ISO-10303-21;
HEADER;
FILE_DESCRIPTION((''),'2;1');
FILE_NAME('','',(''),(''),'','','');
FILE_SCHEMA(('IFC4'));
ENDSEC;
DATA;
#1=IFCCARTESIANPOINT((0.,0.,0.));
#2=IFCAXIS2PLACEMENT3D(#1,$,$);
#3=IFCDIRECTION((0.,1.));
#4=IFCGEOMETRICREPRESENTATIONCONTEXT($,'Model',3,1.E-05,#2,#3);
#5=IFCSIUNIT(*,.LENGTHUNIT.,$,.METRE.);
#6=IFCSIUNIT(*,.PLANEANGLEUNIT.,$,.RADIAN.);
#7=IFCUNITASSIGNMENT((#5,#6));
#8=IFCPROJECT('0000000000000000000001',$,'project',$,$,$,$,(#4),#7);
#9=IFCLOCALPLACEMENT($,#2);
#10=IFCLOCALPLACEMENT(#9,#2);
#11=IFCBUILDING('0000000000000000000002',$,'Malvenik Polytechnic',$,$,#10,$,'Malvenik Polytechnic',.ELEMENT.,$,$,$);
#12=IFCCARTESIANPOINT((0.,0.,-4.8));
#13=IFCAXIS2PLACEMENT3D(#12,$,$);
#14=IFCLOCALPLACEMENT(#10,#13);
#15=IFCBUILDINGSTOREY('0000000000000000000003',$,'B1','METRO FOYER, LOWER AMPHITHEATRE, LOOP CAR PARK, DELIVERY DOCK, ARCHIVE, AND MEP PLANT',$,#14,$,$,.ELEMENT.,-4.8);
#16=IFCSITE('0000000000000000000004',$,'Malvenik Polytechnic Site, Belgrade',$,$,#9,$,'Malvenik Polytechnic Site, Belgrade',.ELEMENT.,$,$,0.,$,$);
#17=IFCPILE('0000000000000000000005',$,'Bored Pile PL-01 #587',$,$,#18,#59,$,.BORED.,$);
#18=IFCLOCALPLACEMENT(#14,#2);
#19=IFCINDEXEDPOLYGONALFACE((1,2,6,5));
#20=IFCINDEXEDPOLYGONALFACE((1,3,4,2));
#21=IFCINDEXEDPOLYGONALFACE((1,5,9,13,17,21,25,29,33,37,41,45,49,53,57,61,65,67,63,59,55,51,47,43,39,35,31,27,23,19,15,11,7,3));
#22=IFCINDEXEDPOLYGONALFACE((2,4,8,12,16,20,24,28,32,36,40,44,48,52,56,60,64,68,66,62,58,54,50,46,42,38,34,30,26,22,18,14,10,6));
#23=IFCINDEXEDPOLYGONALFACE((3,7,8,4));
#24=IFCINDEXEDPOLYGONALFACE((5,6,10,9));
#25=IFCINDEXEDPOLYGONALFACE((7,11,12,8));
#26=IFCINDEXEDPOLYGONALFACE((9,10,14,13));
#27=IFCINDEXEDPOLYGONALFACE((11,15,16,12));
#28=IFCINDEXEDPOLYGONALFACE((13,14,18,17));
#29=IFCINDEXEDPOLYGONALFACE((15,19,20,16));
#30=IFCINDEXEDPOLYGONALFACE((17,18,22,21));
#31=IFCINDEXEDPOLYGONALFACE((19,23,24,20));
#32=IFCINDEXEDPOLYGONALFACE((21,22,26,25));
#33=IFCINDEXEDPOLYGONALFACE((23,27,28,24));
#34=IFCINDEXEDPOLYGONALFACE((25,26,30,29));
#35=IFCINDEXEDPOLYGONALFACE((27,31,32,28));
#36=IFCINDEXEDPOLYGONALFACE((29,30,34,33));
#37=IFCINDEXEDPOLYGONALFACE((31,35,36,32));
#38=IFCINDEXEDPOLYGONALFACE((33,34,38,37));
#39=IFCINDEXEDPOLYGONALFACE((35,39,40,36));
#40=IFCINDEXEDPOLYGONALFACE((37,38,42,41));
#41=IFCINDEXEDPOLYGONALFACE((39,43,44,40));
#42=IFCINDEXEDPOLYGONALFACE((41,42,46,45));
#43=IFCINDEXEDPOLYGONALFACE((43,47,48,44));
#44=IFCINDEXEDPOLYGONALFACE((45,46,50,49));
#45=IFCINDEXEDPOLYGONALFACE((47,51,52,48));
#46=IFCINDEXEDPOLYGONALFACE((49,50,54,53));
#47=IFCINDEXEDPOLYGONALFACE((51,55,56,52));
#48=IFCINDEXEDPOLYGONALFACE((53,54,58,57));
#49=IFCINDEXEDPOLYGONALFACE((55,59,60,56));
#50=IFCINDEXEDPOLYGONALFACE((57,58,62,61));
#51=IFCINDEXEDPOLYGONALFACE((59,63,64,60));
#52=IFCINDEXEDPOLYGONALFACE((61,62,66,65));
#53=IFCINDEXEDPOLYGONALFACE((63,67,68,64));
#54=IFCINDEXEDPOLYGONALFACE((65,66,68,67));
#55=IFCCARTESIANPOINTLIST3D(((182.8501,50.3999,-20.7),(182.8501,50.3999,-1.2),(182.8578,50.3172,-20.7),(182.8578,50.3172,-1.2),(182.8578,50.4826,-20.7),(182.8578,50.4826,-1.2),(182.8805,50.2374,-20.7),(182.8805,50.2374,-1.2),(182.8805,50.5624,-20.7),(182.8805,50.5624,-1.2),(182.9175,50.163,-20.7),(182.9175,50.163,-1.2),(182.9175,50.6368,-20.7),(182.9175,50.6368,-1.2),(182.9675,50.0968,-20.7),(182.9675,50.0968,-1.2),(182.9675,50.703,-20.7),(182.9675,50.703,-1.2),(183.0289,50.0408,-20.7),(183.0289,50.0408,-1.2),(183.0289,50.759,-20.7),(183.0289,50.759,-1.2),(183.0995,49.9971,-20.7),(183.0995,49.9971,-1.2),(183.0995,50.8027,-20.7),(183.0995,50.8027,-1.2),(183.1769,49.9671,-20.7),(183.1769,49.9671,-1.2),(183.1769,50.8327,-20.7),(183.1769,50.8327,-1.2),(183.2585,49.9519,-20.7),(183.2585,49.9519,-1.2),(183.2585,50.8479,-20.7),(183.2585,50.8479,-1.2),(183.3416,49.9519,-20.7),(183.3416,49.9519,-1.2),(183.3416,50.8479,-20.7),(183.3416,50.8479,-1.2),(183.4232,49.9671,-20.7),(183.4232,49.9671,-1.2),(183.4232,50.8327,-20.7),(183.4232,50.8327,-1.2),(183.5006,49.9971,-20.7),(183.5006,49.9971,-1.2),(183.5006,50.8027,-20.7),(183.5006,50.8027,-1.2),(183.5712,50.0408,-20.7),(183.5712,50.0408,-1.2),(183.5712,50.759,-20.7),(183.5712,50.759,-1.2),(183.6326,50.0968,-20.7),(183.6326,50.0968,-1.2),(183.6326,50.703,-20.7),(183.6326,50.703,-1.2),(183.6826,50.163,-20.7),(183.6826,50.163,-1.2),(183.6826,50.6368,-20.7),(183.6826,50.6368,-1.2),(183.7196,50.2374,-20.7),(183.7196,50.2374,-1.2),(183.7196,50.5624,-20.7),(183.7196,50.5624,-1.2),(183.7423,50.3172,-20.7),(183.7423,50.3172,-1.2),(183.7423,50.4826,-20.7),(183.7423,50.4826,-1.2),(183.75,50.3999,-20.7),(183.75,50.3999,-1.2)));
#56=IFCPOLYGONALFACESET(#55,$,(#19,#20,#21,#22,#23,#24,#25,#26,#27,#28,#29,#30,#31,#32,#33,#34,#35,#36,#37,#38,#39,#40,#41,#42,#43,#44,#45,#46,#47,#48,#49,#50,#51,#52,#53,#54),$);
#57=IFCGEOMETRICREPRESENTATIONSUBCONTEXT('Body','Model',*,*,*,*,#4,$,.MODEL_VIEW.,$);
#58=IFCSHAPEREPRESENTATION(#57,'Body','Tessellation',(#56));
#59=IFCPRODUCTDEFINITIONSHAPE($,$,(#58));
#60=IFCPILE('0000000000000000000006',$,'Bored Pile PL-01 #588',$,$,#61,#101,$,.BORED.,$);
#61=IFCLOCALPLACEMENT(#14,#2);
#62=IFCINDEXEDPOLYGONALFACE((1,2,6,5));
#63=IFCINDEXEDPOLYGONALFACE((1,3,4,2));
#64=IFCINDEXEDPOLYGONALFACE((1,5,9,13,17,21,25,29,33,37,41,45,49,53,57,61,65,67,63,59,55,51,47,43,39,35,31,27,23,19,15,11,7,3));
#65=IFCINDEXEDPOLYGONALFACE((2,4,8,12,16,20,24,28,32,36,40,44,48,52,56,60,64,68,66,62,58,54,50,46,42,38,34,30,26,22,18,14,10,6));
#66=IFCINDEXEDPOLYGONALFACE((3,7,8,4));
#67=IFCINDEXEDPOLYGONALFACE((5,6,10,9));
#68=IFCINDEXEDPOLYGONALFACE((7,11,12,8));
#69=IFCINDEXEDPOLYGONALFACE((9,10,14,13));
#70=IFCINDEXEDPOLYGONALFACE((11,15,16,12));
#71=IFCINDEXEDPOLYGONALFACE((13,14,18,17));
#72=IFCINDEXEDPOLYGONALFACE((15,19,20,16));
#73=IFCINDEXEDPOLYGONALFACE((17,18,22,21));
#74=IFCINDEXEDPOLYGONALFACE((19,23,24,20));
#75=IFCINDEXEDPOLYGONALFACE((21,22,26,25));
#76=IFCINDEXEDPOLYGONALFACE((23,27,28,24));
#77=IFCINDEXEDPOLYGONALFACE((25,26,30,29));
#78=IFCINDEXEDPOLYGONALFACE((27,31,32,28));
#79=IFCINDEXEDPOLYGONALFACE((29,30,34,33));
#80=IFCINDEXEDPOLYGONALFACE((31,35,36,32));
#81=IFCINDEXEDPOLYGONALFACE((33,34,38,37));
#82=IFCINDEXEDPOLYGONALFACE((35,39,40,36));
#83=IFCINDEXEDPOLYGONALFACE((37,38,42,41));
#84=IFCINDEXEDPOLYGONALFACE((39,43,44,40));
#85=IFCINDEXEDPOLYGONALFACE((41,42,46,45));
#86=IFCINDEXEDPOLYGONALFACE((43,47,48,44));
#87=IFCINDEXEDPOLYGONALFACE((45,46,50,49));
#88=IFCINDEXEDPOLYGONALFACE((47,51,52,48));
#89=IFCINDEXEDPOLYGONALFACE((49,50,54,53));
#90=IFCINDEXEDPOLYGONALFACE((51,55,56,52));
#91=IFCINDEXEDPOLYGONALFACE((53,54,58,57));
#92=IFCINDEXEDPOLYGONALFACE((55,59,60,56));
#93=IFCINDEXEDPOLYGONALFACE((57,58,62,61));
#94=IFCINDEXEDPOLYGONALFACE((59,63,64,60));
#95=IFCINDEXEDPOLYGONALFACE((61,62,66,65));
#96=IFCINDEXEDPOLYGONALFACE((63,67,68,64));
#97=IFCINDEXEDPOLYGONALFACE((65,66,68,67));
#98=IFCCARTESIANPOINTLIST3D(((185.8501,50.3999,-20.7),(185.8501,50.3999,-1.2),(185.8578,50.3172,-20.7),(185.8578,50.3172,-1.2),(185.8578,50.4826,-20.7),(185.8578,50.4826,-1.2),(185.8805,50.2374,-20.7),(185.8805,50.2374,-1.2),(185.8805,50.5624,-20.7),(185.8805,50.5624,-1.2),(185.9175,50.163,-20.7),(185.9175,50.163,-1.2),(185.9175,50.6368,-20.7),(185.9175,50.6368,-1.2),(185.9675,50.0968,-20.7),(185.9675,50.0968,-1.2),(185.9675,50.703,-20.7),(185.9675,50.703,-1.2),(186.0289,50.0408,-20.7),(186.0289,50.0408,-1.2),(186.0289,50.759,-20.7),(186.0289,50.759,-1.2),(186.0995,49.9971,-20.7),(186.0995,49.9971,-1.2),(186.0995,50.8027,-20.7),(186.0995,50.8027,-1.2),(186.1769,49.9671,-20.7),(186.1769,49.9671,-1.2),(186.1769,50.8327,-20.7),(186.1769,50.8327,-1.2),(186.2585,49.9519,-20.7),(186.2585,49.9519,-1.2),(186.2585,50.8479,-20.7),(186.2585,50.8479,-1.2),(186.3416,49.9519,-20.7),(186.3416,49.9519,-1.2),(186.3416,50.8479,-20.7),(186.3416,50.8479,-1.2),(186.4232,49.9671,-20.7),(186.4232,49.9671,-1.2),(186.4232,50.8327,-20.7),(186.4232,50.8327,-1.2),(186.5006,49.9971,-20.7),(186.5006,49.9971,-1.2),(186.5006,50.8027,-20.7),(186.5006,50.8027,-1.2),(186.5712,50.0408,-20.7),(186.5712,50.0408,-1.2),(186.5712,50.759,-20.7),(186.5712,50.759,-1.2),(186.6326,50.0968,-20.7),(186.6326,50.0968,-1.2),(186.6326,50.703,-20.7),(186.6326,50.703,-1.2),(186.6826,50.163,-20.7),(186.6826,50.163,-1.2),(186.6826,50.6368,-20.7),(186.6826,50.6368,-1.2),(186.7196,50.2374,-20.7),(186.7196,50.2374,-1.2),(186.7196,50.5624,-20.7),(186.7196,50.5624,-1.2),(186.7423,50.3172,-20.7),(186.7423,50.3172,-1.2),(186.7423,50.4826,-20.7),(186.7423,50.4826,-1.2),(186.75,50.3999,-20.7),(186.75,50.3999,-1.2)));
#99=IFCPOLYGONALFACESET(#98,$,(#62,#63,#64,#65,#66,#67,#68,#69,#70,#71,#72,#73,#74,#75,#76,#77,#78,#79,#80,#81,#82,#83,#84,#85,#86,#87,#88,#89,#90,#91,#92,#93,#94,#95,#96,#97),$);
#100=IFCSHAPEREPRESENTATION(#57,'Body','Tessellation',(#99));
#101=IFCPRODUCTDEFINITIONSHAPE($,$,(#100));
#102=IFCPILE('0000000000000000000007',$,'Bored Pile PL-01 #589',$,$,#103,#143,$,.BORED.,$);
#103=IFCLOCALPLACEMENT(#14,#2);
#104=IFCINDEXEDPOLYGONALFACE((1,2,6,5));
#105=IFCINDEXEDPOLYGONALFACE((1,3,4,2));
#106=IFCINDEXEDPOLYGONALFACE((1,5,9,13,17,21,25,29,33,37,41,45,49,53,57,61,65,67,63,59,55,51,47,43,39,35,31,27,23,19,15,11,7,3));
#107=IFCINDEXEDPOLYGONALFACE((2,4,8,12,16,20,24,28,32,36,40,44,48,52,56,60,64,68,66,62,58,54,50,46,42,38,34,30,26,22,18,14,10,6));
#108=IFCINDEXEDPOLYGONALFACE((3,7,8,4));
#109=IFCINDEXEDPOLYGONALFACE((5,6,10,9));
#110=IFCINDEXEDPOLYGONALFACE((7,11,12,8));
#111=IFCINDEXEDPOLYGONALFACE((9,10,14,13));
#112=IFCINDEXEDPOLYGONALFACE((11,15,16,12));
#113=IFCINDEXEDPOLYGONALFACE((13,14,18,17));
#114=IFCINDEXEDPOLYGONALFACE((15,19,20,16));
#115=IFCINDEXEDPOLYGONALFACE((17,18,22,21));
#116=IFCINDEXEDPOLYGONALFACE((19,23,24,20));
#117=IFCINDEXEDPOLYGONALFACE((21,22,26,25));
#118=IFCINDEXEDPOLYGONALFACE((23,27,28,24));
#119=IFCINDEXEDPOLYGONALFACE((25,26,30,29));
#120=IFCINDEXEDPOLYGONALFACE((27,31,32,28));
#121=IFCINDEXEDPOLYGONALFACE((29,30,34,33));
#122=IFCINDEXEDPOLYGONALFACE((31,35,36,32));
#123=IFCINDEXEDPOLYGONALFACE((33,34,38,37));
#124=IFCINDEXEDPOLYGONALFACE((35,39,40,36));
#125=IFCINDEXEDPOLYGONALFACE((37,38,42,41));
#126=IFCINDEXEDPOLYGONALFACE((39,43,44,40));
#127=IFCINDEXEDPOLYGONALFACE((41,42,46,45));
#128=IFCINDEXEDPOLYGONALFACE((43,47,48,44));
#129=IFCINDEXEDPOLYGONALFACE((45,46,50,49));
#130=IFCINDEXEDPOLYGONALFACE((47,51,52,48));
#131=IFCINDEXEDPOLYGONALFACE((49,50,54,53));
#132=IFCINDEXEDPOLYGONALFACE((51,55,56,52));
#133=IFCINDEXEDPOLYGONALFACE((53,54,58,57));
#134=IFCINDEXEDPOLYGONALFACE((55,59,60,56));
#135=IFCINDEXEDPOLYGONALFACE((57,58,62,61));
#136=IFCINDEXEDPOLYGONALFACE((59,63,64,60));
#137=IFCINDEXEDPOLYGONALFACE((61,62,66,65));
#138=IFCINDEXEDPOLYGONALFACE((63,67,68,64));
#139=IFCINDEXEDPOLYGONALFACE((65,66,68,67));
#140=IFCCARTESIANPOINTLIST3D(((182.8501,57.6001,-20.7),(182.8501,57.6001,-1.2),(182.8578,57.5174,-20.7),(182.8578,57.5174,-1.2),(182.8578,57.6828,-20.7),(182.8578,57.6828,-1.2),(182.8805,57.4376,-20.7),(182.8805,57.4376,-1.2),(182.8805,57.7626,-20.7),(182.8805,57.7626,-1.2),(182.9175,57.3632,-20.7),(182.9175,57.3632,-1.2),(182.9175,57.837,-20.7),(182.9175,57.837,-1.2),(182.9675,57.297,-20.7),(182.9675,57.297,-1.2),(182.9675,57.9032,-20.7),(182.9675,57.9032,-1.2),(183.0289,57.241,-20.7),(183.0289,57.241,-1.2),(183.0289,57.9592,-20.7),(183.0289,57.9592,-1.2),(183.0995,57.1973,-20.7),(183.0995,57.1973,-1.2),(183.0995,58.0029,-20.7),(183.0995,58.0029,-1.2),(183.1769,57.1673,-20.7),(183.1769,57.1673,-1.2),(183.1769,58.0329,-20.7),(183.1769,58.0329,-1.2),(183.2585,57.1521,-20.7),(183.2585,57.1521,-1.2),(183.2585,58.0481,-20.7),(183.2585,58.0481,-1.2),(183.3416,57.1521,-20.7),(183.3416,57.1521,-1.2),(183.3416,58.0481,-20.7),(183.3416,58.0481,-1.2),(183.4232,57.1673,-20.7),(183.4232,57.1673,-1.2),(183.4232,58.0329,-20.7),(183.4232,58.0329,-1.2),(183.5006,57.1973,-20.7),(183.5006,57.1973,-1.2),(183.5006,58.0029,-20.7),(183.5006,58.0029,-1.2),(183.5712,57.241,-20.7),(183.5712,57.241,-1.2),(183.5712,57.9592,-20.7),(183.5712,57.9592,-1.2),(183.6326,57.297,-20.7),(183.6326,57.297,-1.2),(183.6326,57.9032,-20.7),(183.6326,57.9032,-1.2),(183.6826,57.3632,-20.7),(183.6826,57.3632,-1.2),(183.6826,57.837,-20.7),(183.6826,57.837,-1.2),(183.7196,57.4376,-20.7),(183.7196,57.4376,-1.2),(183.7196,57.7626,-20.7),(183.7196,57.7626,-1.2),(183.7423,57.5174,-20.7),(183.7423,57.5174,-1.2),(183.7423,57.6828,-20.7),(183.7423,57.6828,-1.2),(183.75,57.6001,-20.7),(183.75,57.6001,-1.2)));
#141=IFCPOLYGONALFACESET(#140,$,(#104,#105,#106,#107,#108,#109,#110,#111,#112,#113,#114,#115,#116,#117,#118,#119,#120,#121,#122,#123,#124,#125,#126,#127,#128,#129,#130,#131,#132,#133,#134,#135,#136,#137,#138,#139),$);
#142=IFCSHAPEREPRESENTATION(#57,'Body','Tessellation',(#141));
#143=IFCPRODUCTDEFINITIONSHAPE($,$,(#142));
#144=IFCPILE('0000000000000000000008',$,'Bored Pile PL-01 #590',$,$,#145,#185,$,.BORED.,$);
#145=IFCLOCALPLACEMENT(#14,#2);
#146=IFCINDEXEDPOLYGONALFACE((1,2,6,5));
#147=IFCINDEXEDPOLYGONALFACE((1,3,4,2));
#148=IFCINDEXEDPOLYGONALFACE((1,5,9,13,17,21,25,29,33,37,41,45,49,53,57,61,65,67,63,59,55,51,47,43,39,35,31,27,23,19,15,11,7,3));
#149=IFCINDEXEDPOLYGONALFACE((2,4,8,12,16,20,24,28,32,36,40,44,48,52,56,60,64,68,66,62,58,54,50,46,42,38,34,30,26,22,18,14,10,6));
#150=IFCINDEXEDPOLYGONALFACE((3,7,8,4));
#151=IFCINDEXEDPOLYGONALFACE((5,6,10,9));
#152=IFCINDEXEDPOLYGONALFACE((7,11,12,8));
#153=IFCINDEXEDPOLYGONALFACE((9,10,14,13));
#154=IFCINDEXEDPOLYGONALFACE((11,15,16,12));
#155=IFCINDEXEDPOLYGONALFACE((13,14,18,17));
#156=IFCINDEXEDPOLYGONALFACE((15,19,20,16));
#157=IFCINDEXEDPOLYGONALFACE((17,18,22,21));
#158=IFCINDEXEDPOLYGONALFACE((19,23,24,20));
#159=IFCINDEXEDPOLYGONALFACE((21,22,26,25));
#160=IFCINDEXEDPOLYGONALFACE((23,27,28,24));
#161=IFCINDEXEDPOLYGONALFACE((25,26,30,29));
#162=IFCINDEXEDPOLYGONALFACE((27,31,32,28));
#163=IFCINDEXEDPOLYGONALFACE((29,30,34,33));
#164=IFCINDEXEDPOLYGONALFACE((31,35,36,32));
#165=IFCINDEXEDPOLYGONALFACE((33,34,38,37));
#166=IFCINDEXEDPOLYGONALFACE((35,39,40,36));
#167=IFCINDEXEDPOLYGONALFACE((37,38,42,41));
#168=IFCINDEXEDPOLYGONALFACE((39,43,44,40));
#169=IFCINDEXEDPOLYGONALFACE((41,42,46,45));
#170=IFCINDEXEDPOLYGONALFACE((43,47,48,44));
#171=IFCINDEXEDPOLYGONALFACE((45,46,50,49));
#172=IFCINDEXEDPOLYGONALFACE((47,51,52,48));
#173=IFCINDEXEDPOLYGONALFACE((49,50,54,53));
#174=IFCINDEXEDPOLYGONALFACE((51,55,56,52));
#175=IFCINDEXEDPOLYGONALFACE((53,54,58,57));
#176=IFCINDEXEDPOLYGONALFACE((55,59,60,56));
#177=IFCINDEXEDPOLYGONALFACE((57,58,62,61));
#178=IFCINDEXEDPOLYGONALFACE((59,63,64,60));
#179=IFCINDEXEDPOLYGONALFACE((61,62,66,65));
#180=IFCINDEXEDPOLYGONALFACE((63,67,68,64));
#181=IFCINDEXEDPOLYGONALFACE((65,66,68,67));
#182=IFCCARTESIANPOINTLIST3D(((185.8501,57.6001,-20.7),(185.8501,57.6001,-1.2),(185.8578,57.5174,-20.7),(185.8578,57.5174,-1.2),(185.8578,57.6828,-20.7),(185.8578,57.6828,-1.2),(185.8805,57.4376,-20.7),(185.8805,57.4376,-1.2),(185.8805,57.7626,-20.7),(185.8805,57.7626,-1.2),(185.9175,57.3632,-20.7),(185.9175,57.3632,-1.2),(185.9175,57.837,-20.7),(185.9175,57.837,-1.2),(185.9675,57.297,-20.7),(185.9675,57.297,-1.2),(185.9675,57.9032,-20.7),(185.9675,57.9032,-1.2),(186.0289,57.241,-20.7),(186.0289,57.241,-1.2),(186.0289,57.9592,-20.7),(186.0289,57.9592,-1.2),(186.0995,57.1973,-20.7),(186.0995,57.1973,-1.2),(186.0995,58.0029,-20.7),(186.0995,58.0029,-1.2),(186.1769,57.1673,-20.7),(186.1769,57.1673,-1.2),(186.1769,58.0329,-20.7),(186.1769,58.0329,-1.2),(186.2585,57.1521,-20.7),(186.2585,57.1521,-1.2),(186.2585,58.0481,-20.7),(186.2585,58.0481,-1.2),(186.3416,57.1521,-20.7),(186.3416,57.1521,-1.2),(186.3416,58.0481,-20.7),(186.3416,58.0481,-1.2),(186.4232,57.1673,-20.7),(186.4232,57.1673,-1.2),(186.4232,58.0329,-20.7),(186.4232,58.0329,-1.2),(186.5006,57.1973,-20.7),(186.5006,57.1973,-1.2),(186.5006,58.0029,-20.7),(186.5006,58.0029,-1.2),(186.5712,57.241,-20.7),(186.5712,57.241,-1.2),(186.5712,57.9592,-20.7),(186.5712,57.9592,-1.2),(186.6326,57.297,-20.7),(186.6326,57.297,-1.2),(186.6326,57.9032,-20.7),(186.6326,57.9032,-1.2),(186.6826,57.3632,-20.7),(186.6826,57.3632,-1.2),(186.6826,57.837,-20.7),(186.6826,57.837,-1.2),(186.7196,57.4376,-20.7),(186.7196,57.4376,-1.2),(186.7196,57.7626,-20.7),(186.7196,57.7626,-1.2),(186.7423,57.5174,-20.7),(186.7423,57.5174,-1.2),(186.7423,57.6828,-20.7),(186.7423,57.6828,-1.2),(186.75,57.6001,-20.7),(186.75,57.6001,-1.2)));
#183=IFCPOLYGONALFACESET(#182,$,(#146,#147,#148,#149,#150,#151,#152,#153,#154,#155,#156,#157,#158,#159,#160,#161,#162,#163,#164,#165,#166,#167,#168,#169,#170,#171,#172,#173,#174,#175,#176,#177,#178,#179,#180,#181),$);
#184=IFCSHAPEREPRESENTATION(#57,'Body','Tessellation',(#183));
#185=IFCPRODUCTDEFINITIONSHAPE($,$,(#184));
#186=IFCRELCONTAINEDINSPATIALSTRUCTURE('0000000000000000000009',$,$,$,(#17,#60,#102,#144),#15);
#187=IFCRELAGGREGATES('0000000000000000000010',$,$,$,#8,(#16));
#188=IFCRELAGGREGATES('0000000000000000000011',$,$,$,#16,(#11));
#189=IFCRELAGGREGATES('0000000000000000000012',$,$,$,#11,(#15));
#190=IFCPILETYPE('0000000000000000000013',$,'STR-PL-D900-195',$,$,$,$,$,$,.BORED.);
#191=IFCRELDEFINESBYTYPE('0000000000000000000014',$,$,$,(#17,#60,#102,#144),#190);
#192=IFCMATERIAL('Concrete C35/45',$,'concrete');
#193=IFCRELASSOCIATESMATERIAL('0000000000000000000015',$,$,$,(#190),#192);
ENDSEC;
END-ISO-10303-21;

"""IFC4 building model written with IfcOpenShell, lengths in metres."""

from ifc_helpers import new_model, si_unit, direction, frame, origin, origin_2d, place, context, subcontext, project, spatial, circle, extrude, material, material_profile, profile_set, type_object, element, save


model = new_model("IFC4")

# Units and contexts
model_context = context("Model", 3, precision=1e-05, world=origin(), true_north=direction((0.0, 1.0)))
body_context = subcontext(model_context, "Body", "Model", "MODEL_VIEW")
ifc_project = project(units=[si_unit("LENGTHUNIT", "METRE"), si_unit("PLANEANGLEUNIT", "RADIAN")], contexts=[model_context])

# Site, building, storey
site_placement = place(None, origin())
site = spatial("IfcSite", under=ifc_project, at=site_placement, Name="Malvenik Polytechnic Site, Belgrade", LongName="Malvenik Polytechnic Site, Belgrade", CompositionType="ELEMENT", RefElevation=0.0)
building_placement = place(site_placement, origin())
building = spatial("IfcBuilding", under=site, at=building_placement, Name="Malvenik Polytechnic", LongName="Malvenik Polytechnic", CompositionType="ELEMENT")
storey_placement = place(building_placement, frame((0.0, 0.0, -4.8)))
storey = spatial("IfcBuildingStorey", under=building, at=storey_placement, Name="B1", Description="METRO FOYER, LOWER AMPHITHEATRE, LOOP CAR PARK, DELIVERY DOCK, ARCHIVE, AND MEP PLANT", CompositionType="ELEMENT", Elevation=-4.8)

# Shared definitions
ifc_material = material(Name="Concrete C35/45", Category="concrete")

# Piles
ifc_material_profile_1 = material_profile(ifc_material, circle(Radius=0.45, at=origin_2d()), Name="BORED PILE D900")
ifc_profile_set_1 = profile_set([ifc_material_profile_1], Name="Concrete C35/45")
pile_type_1 = type_object("IfcPileType", Name="STR-PL-D900-195", PredefinedType="BORED", material=ifc_profile_set_1)
for number, where, z_axis, x_axis, name in (
    (1, (183.3, 50.3999, -1.2), (0.0, 0.0, -1.0), (1.0, 0.0, 0.0), "Bored Pile PL-01 #587"),
    (2, (186.3, 50.3999, -1.2), (0.0, 0.0, -1.0), (1.0, 0.0, 0.0), "Bored Pile PL-01 #588"),
    (3, (183.3, 57.6001, -1.2), (0.0, 0.0, -1.0), (1.0, 0.0, 0.0), "Bored Pile PL-01 #589"),
    (4, (186.3, 57.6001, -1.2), (0.0, 0.0, -1.0), (1.0, 0.0, 0.0), "Bored Pile PL-01 #590"),
):
    element("IfcPile", number, at=place(storey_placement, frame(where, z_axis=z_axis, x_axis=x_axis)), inside=storey, type_object=pile_type_1, Name=name, PredefinedType="BORED", context=body_context, shape_type="SweptSolid", body=[
        extrude(circle(Radius=0.45, at=origin_2d()), origin(), (0.0, 0.0, 1.0), 19.5),
    ])

save(model, "model.ifc")
